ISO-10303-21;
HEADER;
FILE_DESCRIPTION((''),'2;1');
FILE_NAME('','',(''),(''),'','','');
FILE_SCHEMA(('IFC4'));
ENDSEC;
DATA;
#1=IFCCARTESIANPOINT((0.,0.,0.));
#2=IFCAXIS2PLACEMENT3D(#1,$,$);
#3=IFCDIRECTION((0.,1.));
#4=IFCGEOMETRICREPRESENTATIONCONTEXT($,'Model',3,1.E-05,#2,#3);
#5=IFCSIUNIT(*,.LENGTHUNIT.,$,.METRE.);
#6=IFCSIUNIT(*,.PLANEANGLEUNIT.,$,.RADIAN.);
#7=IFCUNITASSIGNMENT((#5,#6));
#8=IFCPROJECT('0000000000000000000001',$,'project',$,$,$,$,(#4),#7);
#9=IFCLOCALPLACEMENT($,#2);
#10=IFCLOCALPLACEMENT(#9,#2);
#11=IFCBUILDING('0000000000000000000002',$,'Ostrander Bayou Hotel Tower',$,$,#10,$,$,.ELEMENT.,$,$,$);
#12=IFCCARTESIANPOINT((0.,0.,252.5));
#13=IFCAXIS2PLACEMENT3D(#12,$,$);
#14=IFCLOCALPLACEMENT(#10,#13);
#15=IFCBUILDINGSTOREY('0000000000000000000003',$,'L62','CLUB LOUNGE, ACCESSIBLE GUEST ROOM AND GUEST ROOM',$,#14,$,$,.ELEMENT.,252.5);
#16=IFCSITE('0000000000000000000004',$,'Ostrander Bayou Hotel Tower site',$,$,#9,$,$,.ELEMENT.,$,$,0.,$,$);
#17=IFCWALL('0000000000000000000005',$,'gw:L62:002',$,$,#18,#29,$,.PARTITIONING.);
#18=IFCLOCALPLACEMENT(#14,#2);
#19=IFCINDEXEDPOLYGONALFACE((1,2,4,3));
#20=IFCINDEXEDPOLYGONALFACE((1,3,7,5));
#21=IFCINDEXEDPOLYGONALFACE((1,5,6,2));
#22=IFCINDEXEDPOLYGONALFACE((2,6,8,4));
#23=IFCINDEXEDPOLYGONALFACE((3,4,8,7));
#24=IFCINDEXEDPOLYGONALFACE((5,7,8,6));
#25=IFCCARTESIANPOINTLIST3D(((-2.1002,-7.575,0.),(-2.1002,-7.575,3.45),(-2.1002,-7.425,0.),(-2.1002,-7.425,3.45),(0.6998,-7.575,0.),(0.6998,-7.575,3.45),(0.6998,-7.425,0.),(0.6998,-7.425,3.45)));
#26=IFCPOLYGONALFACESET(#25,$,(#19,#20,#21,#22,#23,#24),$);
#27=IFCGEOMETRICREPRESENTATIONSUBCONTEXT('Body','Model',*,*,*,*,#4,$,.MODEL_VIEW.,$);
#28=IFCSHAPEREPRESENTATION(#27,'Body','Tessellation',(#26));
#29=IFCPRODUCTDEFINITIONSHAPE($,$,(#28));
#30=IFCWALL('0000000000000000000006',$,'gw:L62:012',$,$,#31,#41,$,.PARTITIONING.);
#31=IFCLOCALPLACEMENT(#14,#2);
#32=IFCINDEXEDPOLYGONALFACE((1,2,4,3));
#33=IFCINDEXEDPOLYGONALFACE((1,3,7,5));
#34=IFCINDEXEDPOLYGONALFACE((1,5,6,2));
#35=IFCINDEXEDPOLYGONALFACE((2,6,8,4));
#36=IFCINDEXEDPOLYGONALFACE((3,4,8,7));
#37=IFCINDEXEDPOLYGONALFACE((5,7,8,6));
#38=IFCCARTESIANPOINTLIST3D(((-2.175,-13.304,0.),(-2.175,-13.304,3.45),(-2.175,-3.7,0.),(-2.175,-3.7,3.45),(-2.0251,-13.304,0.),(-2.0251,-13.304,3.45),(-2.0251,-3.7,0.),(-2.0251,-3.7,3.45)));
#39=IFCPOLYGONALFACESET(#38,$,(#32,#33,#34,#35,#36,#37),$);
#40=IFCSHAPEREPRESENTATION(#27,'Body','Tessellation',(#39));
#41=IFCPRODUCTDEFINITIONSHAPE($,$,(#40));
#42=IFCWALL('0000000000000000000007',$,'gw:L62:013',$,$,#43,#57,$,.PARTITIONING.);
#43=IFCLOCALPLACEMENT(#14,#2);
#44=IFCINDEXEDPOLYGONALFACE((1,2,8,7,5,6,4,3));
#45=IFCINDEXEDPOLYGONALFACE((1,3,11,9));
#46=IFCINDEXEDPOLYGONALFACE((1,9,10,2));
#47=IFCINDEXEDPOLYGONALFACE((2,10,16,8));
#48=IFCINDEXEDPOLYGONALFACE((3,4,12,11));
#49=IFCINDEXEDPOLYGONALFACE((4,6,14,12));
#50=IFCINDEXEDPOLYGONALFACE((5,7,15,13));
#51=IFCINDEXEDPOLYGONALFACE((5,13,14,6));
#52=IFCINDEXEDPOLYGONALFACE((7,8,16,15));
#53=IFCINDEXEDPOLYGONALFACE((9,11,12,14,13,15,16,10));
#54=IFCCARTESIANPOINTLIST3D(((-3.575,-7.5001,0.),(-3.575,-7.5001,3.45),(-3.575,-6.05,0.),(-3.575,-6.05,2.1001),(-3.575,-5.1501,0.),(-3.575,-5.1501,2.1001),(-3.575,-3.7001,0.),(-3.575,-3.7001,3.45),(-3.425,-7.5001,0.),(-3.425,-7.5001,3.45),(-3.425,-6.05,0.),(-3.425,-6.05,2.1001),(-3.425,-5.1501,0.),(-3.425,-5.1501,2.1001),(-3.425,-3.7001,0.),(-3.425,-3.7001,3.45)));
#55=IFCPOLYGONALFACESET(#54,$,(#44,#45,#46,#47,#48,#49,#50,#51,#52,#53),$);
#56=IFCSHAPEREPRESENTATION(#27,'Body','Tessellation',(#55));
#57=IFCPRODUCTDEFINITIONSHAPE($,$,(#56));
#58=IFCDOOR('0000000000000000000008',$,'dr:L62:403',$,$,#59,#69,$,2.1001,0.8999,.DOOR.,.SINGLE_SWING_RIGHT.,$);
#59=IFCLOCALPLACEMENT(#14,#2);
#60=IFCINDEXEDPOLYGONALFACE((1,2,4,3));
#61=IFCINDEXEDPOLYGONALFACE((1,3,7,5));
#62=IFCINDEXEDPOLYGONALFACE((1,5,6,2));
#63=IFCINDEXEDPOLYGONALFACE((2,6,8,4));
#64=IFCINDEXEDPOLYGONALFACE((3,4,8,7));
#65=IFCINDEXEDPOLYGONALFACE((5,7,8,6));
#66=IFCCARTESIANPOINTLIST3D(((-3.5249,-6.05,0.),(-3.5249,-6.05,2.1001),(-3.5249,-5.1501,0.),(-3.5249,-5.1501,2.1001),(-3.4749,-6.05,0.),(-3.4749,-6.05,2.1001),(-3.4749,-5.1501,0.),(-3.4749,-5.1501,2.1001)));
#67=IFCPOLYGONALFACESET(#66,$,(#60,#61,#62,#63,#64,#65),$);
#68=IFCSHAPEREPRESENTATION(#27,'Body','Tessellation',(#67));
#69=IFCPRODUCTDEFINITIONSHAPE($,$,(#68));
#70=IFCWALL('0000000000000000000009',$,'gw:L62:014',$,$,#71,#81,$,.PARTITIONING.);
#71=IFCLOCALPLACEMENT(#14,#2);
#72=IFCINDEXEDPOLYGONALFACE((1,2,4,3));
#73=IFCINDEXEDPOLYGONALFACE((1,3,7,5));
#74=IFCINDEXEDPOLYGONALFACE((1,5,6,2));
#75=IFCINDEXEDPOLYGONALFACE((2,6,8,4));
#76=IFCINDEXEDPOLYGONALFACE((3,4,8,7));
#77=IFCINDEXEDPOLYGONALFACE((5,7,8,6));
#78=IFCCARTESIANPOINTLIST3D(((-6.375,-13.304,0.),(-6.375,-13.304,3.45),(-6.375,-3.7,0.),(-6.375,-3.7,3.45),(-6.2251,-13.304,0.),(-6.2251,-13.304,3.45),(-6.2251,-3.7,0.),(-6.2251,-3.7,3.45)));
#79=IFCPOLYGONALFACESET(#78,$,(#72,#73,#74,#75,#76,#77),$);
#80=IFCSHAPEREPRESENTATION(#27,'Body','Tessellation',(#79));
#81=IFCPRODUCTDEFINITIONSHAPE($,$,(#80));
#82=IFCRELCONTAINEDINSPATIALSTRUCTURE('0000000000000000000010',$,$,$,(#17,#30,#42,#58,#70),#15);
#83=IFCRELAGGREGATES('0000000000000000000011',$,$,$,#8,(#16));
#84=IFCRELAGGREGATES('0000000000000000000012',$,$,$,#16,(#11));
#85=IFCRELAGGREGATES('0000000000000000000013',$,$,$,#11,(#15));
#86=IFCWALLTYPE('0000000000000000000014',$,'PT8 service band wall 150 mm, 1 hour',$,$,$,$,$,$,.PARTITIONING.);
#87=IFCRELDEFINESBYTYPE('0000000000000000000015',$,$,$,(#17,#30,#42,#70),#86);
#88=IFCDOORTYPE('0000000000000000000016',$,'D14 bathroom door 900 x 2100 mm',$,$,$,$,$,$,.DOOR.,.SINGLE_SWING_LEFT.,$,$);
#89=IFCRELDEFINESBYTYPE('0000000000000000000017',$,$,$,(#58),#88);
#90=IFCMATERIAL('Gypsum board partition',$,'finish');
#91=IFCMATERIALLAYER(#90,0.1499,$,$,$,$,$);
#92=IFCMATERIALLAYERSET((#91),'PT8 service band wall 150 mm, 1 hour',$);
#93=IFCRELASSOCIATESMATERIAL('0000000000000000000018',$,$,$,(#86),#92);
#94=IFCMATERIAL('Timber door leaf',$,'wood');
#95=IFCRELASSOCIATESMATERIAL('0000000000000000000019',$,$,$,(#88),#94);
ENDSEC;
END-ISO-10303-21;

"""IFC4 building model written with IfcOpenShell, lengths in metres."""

from ifc_helpers import new_model, si_unit, direction, frame, frame_2d, origin, place, context, subcontext, project, spatial, rectangle, extrude, material, layer, layer_set, type_object, element, fill, save


model = new_model("IFC4")

# Units and contexts
model_context = context("Model", 3, precision=1e-05, world=origin(), true_north=direction((0.0, 1.0)))
body_context = subcontext(model_context, "Body", "Model", "MODEL_VIEW")
ifc_project = project(units=[si_unit("LENGTHUNIT", "METRE"), si_unit("PLANEANGLEUNIT", "RADIAN")], contexts=[model_context])

# Site, building, storey
site_placement = place(None, origin())
site = spatial("IfcSite", under=ifc_project, at=site_placement, Name="Ostrander Bayou Hotel Tower site", CompositionType="ELEMENT", RefElevation=0.0)
building_placement = place(site_placement, origin())
building = spatial("IfcBuilding", under=site, at=building_placement, Name="Ostrander Bayou Hotel Tower", CompositionType="ELEMENT")
storey_placement = place(building_placement, frame((0.0, 0.0, 252.5)))
storey = spatial("IfcBuildingStorey", under=building, at=storey_placement, Name="L62", Description="CLUB LOUNGE, ACCESSIBLE GUEST ROOM AND GUEST ROOM", CompositionType="ELEMENT", Elevation=252.5)

# Walls
ifc_material_1 = material(Name="Gypsum board partition", Category="finish")
ifc_layer_1 = layer(ifc_material_1, 0.1499)
ifc_layer_set_1 = layer_set([ifc_layer_1], Name="PT8 service band wall 150 mm, 1 hour")
wall_type_1 = type_object("IfcWallType", Name="PT8 service band wall 150 mm, 1 hour", PredefinedType="PARTITIONING", material=ifc_layer_set_1)
for number, where, z_axis, x_axis, name in (
    (1, (-2.1001, -7.5, 0.0), (0.0, 0.0, 1.0), (1.0, 0.0, 0.0), "gw:L62:002"),
):
    element("IfcWall", number, at=place(storey_placement, frame(where, z_axis=z_axis, x_axis=x_axis)), inside=storey, type_object=wall_type_1, Name=name, PredefinedType="PARTITIONING", context=body_context, shape_type="SweptSolid", body=[
        extrude(rectangle(XDim=2.8, YDim=0.1499, at=frame_2d((1.3999, 0.0))), origin(), (0.0, 0.0, 1.0), 3.45),
    ])
wall_1_placement = place(storey_placement, frame((-2.1001, -13.304, 0.0), z_axis=(0.0, 0.0, 1.0), x_axis=(0.0, 1.0, 0.0)))
element("IfcWall", 2, at=wall_1_placement, inside=storey, type_object=wall_type_1, Name="gw:L62:012", PredefinedType="PARTITIONING", context=body_context, shape_type="SweptSolid", body=[
    extrude(rectangle(XDim=9.604, YDim=0.1499, at=frame_2d((4.802, 0.0))), origin(), (0.0, 0.0, 1.0), 3.45),
])

# Wall, opening, door
wall_2_placement = place(storey_placement, frame((-3.5, -7.5, 0.0), z_axis=(0.0, 0.0, 1.0), x_axis=(0.0, 1.0, 0.0)))
wall_2 = element("IfcWall", 3, at=wall_2_placement, inside=storey, type_object=wall_type_1, Name="gw:L62:013", PredefinedType="PARTITIONING", context=body_context, shape_type="SweptSolid", body=[
    extrude(rectangle(XDim=3.8, YDim=0.1499, at=frame_2d((1.8999, 0.0))), origin(), (0.0, 0.0, 1.0), 3.45),
])
opening_1_placement = place(wall_2_placement, frame((1.45, 0.0, 0.0)))
opening_1 = element("IfcOpeningElement", 4, at=opening_1_placement, cuts=wall_2, PredefinedType="OPENING", context=body_context, shape_type="SweptSolid", body=[
    extrude(rectangle(XDim=0.8999, YDim=2.1001, at=frame_2d((0.45, 1.05))), frame((0.0, 0.075, 0.0), z_axis=(0.0, -1.0, 0.0), x_axis=(1.0, 0.0, 0.0)), (0.0, 0.0, 1.0), 0.1499),
])
ifc_material_2 = material(Name="Timber door leaf", Category="wood")
door_type_1 = type_object("IfcDoorType", Name="D14 bathroom door 900 x 2100 mm", OperationType="SINGLE_SWING_LEFT", PredefinedType="DOOR", material=ifc_material_2)
door_1_placement = place(opening_1_placement, origin())
door_1 = element("IfcDoor", 5, at=door_1_placement, inside=storey, type_object=door_type_1, Name="dr:L62:403", OperationType="SINGLE_SWING_RIGHT", OverallHeight=2.1001, OverallWidth=0.8999, PredefinedType="DOOR", context=body_context, shape_type="SweptSolid", body=[
    extrude(rectangle(XDim=0.8999, YDim=2.1001, at=frame_2d((0.45, 1.05))), frame((0.0, 0.0249, 0.0), z_axis=(0.0, -1.0, 0.0), x_axis=(1.0, 0.0, 0.0)), (0.0, 0.0, 1.0), 0.05),
])
fill(opening_1, door_1)

# Wall
wall_3_placement = place(storey_placement, frame((-6.3, -13.304, 0.0), z_axis=(0.0, 0.0, 1.0), x_axis=(0.0, 1.0, 0.0)))
element("IfcWall", 6, at=wall_3_placement, inside=storey, type_object=wall_type_1, Name="gw:L62:014", PredefinedType="PARTITIONING", context=body_context, shape_type="SweptSolid", body=[
    extrude(rectangle(XDim=9.604, YDim=0.1499, at=frame_2d((4.802, 0.0))), origin(), (0.0, 0.0, 1.0), 3.45),
])

save(model, "model.ifc")
